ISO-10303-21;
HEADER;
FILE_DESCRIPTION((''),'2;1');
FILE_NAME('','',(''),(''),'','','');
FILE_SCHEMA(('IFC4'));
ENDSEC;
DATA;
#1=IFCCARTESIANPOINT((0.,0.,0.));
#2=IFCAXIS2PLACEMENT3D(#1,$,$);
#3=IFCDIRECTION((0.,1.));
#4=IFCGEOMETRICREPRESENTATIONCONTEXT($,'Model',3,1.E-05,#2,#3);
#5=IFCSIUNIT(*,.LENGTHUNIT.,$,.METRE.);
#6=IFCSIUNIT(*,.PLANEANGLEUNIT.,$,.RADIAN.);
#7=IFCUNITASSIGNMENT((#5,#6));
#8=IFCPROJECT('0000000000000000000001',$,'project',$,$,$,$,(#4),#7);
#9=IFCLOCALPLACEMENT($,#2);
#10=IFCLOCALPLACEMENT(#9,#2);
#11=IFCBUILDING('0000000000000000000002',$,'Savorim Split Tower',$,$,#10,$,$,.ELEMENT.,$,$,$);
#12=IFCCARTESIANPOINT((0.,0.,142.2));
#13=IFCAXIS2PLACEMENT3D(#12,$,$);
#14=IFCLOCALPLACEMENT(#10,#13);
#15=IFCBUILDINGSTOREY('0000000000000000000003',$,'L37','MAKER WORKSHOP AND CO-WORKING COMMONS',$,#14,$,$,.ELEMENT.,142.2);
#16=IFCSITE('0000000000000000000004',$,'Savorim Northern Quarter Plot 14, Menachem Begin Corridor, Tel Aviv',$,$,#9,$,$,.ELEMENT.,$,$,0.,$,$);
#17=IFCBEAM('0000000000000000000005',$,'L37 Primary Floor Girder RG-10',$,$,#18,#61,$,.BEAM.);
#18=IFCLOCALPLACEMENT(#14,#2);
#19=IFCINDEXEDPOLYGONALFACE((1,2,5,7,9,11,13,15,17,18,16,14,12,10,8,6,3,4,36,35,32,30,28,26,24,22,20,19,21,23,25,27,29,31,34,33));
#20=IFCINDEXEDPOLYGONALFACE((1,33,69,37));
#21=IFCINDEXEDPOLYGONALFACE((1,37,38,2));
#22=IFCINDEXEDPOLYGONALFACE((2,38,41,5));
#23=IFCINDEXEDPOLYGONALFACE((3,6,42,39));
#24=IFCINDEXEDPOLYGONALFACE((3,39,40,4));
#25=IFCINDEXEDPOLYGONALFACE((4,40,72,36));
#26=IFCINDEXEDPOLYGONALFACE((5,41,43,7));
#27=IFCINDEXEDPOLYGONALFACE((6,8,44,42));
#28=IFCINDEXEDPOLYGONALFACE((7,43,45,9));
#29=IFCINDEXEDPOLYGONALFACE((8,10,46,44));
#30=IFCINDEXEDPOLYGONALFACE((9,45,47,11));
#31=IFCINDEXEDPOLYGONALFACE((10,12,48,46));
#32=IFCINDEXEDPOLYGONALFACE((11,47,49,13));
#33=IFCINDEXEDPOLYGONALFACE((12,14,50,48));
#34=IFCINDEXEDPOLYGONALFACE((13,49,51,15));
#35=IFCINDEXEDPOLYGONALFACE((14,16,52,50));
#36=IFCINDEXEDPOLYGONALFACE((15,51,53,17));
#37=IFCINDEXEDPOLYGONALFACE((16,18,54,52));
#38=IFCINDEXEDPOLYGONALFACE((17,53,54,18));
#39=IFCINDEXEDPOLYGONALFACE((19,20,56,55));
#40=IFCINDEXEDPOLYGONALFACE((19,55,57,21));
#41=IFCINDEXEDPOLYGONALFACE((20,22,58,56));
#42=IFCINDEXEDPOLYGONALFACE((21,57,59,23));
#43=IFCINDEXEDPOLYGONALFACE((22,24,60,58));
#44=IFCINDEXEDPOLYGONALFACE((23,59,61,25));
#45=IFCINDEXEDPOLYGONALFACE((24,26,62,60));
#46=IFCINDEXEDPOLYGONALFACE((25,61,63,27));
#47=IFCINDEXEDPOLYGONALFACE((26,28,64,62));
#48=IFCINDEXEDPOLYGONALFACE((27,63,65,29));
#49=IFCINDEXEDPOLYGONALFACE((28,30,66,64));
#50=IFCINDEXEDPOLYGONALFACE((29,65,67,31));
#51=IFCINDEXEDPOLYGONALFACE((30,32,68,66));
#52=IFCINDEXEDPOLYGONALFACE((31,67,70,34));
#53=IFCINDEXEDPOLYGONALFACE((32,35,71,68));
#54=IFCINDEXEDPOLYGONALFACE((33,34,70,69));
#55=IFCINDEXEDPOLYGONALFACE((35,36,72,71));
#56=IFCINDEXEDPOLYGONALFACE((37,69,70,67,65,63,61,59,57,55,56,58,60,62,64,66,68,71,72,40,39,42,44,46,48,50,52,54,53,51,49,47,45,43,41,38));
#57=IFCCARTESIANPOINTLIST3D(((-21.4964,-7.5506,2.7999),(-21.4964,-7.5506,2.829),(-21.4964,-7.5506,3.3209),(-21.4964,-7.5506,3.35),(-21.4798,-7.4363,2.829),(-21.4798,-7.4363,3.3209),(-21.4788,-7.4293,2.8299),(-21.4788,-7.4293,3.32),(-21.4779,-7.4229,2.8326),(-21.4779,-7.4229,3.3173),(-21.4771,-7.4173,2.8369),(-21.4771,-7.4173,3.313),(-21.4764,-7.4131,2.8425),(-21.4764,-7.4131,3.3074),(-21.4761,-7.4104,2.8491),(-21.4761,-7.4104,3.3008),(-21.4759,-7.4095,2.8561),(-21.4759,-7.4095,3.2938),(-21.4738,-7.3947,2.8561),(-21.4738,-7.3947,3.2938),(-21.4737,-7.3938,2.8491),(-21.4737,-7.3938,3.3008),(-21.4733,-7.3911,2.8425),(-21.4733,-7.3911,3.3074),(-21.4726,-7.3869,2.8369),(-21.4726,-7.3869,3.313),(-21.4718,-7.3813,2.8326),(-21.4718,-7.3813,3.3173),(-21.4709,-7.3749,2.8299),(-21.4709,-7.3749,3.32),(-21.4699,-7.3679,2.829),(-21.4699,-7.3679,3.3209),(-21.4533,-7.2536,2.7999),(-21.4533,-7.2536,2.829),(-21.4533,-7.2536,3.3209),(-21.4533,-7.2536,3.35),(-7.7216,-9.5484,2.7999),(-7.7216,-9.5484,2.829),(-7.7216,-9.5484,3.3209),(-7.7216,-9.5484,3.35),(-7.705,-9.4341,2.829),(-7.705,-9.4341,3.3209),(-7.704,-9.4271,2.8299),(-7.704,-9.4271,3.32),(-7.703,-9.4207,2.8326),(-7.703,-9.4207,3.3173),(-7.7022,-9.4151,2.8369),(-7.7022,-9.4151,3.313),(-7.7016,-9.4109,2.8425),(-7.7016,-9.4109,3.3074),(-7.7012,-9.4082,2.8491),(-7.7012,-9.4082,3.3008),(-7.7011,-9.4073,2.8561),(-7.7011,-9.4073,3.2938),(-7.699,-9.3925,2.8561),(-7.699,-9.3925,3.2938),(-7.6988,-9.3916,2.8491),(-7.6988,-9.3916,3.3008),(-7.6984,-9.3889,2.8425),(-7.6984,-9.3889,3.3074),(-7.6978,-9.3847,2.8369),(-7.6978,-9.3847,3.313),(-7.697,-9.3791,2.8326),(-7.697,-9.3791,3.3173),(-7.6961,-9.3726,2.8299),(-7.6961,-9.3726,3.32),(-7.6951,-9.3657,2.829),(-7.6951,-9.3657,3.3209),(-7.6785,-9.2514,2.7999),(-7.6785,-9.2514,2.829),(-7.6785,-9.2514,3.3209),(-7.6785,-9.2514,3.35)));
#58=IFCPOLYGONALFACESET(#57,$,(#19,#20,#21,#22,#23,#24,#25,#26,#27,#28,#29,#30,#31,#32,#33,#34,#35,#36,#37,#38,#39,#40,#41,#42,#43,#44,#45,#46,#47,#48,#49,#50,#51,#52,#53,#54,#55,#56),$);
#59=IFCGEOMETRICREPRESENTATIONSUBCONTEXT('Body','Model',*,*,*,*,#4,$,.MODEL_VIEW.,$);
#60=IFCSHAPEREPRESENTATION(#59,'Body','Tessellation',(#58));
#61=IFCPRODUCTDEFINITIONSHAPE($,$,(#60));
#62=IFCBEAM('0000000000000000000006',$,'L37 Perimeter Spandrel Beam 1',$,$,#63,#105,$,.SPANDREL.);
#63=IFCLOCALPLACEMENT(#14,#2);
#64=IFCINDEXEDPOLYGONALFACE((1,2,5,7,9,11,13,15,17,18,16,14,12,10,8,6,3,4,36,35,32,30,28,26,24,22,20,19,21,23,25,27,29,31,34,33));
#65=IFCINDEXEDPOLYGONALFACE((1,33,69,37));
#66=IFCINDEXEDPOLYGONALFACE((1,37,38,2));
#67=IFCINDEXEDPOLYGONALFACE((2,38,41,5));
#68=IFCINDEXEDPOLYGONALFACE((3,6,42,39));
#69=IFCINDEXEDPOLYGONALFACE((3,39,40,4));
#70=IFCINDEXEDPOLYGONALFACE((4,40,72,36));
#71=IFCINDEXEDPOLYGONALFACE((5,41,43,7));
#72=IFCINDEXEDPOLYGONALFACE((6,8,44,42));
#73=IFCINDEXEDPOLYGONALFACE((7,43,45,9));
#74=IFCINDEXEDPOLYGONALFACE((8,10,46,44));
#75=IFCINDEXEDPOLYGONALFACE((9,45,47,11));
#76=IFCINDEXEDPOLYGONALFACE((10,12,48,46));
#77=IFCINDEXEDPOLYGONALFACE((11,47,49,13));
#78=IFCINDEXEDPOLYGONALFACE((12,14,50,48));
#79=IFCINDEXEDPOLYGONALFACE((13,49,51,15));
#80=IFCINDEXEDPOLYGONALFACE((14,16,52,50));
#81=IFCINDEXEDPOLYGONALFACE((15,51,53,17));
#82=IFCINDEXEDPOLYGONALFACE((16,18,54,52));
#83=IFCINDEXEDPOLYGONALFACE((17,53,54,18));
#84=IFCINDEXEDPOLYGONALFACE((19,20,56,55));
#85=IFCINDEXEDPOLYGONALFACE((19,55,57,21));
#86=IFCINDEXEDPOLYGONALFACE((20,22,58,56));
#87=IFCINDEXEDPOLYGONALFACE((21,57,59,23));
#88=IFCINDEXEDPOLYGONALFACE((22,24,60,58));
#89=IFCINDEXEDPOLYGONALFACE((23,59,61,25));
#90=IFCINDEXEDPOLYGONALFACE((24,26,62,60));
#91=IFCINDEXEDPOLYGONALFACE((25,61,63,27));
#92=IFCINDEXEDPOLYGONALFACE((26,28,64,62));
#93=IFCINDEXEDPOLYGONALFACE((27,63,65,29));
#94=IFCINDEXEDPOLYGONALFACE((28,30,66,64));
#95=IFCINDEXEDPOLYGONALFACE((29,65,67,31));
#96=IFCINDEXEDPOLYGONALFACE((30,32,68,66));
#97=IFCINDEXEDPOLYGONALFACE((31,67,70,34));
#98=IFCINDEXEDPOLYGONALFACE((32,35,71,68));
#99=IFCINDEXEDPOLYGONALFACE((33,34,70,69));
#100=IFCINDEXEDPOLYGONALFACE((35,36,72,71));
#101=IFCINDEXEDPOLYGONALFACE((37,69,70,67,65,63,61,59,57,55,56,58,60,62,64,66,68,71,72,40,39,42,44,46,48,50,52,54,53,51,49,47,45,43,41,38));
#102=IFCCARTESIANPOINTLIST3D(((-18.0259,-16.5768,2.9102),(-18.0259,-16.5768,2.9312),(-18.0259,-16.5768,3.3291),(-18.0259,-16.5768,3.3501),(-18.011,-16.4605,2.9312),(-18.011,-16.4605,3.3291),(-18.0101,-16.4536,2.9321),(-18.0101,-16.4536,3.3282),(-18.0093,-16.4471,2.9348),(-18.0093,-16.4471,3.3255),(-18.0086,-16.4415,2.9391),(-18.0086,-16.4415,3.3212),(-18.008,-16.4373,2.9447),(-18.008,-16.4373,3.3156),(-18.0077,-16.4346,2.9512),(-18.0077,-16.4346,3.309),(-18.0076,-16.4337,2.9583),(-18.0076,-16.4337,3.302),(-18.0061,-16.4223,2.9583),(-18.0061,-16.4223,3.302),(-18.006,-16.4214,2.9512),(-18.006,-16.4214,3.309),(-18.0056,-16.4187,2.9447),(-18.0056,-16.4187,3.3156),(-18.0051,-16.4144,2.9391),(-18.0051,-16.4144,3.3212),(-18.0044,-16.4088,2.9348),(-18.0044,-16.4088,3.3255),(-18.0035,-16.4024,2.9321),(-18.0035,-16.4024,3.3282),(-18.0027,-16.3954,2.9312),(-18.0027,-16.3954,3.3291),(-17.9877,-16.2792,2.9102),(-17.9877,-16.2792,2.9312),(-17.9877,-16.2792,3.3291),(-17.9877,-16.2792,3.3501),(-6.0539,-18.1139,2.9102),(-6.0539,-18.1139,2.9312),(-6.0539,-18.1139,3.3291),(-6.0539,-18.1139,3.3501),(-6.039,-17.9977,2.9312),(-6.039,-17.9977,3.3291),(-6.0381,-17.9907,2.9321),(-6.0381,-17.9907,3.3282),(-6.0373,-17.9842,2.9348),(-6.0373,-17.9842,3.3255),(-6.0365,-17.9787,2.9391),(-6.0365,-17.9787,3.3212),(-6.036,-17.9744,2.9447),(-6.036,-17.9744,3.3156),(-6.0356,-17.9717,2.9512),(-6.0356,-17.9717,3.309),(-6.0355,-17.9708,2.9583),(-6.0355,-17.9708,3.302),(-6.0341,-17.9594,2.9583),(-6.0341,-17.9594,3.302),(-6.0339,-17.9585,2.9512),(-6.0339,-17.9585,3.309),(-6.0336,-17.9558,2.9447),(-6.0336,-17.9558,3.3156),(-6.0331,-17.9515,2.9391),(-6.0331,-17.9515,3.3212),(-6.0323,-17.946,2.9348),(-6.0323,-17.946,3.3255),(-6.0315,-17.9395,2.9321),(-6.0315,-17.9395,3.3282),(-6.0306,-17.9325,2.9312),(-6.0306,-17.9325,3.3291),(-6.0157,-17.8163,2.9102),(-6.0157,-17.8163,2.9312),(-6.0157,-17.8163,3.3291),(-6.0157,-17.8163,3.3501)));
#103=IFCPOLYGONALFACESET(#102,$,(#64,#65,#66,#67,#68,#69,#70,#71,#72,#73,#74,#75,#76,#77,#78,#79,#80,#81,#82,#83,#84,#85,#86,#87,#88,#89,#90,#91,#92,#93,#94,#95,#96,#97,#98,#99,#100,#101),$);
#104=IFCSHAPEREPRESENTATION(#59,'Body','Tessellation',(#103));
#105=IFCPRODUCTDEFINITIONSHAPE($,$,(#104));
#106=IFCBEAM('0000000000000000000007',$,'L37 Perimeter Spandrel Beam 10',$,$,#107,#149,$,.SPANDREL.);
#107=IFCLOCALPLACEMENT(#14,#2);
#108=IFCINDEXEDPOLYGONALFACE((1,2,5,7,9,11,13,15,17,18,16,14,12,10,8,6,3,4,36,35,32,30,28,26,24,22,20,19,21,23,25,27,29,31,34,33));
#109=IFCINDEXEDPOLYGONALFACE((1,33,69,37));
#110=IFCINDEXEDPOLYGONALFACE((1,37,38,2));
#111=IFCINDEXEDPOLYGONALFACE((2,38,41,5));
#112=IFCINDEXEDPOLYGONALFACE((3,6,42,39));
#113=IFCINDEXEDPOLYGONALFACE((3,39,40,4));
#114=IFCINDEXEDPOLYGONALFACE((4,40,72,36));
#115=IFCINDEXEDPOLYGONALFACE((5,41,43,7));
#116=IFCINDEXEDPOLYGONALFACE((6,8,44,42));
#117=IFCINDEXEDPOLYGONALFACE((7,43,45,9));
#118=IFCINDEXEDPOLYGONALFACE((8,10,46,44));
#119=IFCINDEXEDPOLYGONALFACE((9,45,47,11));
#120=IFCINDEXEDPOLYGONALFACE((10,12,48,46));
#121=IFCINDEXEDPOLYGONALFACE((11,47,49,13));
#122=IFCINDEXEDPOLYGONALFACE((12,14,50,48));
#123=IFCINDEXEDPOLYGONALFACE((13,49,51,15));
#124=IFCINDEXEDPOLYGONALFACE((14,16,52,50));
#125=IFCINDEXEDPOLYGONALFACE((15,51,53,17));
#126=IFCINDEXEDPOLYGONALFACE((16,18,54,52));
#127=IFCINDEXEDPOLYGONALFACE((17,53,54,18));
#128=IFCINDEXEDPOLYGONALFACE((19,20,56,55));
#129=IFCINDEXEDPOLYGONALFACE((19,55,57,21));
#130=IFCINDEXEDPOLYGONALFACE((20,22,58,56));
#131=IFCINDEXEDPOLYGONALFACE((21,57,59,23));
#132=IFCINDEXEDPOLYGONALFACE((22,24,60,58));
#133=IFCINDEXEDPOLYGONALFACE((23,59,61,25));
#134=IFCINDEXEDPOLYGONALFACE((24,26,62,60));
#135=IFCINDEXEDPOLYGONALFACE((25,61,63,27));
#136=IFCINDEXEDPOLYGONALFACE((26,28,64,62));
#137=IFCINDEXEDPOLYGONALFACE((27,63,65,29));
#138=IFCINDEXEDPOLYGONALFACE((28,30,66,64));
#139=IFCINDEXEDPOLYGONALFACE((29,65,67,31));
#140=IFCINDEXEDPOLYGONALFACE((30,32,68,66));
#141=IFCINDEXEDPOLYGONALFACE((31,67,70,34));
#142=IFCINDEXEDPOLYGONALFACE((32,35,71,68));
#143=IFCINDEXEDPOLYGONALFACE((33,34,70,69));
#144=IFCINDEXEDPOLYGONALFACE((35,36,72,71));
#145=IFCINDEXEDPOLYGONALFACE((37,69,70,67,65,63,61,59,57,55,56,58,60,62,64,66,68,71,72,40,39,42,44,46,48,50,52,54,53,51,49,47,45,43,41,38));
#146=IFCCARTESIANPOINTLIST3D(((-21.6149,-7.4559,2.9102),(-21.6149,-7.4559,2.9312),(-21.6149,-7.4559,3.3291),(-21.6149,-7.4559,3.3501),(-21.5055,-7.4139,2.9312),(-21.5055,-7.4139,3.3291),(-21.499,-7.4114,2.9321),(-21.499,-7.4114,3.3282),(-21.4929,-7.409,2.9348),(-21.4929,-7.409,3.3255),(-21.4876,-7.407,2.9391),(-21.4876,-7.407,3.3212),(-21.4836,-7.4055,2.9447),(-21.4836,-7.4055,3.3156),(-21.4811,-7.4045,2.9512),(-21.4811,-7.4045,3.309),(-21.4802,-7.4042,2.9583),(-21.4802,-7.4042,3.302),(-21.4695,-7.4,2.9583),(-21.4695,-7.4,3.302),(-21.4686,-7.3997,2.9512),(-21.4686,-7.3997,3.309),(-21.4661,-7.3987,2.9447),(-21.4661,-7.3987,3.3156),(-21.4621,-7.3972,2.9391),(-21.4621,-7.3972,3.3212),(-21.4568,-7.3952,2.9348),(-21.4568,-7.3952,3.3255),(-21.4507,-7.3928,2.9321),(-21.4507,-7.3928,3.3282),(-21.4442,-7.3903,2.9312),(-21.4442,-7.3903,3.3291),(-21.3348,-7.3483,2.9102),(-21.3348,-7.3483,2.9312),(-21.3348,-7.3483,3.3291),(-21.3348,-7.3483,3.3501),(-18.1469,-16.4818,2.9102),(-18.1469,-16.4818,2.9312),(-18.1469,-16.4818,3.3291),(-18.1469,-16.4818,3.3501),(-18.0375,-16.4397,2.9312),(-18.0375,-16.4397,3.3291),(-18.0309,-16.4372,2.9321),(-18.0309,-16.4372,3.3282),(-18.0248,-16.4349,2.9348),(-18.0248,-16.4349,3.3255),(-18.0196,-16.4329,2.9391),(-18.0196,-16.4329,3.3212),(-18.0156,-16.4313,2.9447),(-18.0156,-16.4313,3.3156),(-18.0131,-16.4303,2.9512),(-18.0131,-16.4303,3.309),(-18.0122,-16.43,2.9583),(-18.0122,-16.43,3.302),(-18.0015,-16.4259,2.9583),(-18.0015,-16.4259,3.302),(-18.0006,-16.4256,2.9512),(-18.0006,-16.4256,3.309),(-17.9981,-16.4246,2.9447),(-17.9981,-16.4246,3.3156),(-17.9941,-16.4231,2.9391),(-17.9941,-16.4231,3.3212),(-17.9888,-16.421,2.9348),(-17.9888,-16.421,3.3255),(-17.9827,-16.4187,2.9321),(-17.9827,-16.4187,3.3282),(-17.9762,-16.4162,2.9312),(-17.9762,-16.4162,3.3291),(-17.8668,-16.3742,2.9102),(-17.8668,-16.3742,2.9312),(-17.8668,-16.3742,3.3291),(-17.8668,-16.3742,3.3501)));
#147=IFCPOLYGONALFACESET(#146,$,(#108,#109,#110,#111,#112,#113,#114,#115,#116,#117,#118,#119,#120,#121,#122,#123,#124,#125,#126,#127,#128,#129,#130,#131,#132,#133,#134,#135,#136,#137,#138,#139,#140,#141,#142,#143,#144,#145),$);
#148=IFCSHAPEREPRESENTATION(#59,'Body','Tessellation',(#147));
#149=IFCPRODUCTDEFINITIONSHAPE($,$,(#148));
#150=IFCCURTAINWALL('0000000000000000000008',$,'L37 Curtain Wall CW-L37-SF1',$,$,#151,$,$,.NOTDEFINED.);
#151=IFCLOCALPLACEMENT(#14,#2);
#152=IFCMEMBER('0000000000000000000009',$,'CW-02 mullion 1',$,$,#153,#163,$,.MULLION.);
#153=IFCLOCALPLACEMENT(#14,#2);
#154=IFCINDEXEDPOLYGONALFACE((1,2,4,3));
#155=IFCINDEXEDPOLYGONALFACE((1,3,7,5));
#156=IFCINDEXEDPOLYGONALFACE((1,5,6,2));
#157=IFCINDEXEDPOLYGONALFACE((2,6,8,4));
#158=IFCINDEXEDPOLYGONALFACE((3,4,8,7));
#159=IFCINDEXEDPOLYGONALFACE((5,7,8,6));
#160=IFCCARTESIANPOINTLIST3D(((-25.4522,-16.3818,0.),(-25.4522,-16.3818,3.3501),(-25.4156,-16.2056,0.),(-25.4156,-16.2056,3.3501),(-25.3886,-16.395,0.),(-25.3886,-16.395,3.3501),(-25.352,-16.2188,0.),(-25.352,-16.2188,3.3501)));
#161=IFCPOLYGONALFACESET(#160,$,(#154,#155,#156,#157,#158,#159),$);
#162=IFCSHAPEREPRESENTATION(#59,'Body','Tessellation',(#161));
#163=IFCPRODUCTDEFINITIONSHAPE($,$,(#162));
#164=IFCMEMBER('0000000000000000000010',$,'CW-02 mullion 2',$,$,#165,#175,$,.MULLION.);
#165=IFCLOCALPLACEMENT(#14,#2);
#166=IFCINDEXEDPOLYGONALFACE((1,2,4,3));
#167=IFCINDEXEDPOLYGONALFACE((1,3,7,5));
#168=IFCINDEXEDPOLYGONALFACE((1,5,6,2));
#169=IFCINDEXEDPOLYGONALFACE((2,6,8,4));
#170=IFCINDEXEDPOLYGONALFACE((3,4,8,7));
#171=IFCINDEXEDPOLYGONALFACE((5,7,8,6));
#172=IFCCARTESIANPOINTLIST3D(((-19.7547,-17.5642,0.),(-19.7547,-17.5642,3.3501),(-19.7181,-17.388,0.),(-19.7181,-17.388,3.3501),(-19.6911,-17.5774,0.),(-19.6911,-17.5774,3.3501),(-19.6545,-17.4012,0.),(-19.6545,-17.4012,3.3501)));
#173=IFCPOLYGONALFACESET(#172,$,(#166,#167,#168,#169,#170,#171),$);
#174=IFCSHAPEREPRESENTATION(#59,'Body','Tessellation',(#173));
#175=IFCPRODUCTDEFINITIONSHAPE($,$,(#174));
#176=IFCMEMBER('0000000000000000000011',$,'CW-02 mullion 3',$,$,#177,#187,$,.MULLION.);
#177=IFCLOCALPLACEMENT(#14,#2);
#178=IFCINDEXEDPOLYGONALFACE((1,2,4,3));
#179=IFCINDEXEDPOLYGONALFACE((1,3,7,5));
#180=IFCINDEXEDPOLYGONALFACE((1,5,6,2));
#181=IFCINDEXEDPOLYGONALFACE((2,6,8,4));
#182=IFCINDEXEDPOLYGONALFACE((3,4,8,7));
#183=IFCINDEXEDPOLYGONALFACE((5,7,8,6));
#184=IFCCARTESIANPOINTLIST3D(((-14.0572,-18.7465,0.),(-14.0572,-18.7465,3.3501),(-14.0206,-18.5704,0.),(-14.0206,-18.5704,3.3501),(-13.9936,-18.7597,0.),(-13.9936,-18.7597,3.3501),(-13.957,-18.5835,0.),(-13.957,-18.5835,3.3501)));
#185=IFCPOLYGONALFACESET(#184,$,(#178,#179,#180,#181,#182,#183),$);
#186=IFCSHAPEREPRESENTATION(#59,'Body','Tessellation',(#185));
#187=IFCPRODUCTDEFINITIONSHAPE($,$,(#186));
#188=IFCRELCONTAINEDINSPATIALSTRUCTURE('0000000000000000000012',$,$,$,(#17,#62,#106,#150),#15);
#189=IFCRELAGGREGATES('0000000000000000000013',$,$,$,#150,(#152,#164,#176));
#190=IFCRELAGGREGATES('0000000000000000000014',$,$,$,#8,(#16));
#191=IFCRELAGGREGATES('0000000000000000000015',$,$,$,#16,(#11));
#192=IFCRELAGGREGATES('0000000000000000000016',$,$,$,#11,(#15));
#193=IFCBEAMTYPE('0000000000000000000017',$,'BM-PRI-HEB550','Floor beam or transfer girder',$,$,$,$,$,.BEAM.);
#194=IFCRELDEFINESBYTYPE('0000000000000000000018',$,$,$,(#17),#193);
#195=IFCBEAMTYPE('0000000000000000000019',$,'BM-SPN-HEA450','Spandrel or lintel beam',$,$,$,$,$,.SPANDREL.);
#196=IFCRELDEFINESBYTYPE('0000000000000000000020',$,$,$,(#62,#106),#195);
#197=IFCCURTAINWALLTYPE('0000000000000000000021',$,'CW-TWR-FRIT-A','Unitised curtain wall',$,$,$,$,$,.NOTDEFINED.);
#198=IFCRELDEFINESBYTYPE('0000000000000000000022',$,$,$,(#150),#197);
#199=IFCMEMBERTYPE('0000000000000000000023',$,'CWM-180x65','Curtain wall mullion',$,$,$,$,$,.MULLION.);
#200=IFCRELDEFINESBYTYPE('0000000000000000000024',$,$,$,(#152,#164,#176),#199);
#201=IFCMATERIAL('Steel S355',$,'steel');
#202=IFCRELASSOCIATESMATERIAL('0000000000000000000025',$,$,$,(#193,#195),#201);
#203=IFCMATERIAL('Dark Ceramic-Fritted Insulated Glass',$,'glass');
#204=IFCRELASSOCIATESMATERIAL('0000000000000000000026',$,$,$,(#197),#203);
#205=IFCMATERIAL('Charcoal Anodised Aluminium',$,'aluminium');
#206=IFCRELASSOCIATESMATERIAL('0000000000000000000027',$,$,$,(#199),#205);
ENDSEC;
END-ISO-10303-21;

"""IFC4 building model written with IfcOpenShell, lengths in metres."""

from ifc_helpers import new_model, si_unit, direction, frame, origin, origin_2d, place, context, subcontext, project, spatial, rectangle, i_section, extrude, material, material_profile, profile_set, type_object, element, aggregate, save


model = new_model("IFC4")

# Units and contexts
model_context = context("Model", 3, precision=1e-05, world=origin(), true_north=direction((0.0, 1.0)))
body_context = subcontext(model_context, "Body", "Model", "MODEL_VIEW")
ifc_project = project(units=[si_unit("LENGTHUNIT", "METRE"), si_unit("PLANEANGLEUNIT", "RADIAN")], contexts=[model_context])

# Site, building, storey
site_placement = place(None, origin())
site = spatial("IfcSite", under=ifc_project, at=site_placement, Name="Savorim Northern Quarter Plot 14, Menachem Begin Corridor, Tel Aviv", CompositionType="ELEMENT", RefElevation=0.0)
building_placement = place(site_placement, origin())
building = spatial("IfcBuilding", under=site, at=building_placement, Name="Savorim Split Tower", CompositionType="ELEMENT")
storey_placement = place(building_placement, frame((0.0, 0.0, 142.2)))
storey = spatial("IfcBuildingStorey", under=building, at=storey_placement, Name="L37", Description="MAKER WORKSHOP AND CO-WORKING COMMONS", CompositionType="ELEMENT", Elevation=142.2)

# Beams
ifc_material_1 = material(Name="Steel S355", Category="steel")
ifc_material_profile_1 = material_profile(ifc_material_1, i_section(OverallWidth=0.3, OverallDepth=0.55, WebThickness=0.0149, FlangeThickness=0.0291, FilletRadius=0.0271, at=origin_2d()), Name="HEB 550")
ifc_profile_set_1 = profile_set([ifc_material_profile_1], Name="Steel S355")
beam_type_1 = type_object("IfcBeamType", Name="BM-PRI-HEB550", Description="Floor beam or transfer girder", PredefinedType="BEAM", material=ifc_profile_set_1)
beam_1_placement = place(storey_placement, frame((-21.4749, -7.4021, 3.075), z_axis=(0.989646, -0.14353, 0.0), x_axis=(0.14353, 0.989646, 0.0)))
element("IfcBeam", 1, at=beam_1_placement, inside=storey, type_object=beam_type_1, Name="L37 Primary Floor Girder RG-10", PredefinedType="BEAM", context=body_context, shape_type="SweptSolid", body=[
    extrude(i_section(OverallWidth=0.3, OverallDepth=0.55, WebThickness=0.0149, FlangeThickness=0.0291, FilletRadius=0.0271, at=origin_2d()), origin(), (0.0, 0.0, 1.0), 13.9189),
])
ifc_material_profile_2 = material_profile(ifc_material_1, i_section(OverallWidth=0.3, OverallDepth=0.4399, WebThickness=0.0115, FlangeThickness=0.021, FilletRadius=0.0271, at=origin_2d()), Name="HEA 450")
ifc_profile_set_2 = profile_set([ifc_material_profile_2], Name="Steel S355")
beam_type_2 = type_object("IfcBeamType", Name="BM-SPN-HEA450", Description="Spandrel or lintel beam", PredefinedType="SPANDREL", material=ifc_profile_set_2)
beam_2_placement = place(storey_placement, frame((-18.0068, -16.428, 3.1301), z_axis=(0.991858, -0.127347, 0.0), x_axis=(0.127347, 0.991858, 0.0)))
element("IfcBeam", 2, at=beam_2_placement, inside=storey, type_object=beam_type_2, Name="L37 Perimeter Spandrel Beam 1", PredefinedType="SPANDREL", context=body_context, shape_type="SweptSolid", body=[
    extrude(i_section(OverallWidth=0.3, OverallDepth=0.4399, WebThickness=0.0115, FlangeThickness=0.021, FilletRadius=0.0271, at=origin_2d()), origin(), (0.0, 0.0, 1.0), 12.0703),
])
beam_3_placement = place(storey_placement, frame((-21.4749, -7.4021, 3.1301), z_axis=(0.358666, -0.933466, 0.0), x_axis=(0.933466, 0.358666, 0.0)))
element("IfcBeam", 3, at=beam_3_placement, inside=storey, type_object=beam_type_2, Name="L37 Perimeter Spandrel Beam 10", PredefinedType="SPANDREL", context=body_context, shape_type="SweptSolid", body=[
    extrude(i_section(OverallWidth=0.3, OverallDepth=0.4399, WebThickness=0.0115, FlangeThickness=0.021, FilletRadius=0.0271, at=origin_2d()), origin(), (0.0, 0.0, 1.0), 9.6692),
])

# Curtain wall, members
ifc_material_2 = material(Name="Dark Ceramic-Fritted Insulated Glass", Category="glass")
curtain_wall_type = type_object("IfcCurtainWallType", Name="CW-TWR-FRIT-A", Description="Unitised curtain wall", PredefinedType="NOTDEFINED", material=ifc_material_2)
curtain_wall_1_placement = place(storey_placement, origin())
curtain_wall_1 = element("IfcCurtainWall", 4, at=curtain_wall_1_placement, inside=storey, type_object=curtain_wall_type, Name="L37 Curtain Wall CW-L37-SF1", PredefinedType="NOTDEFINED")
ifc_material_3 = material(Name="Charcoal Anodised Aluminium", Category="aluminium")
ifc_material_profile_3 = material_profile(ifc_material_3, rectangle(XDim=0.1799, YDim=0.0649, at=origin_2d()), Name="ALU-M 180x65")
ifc_profile_set_3 = profile_set([ifc_material_profile_3], Name="Charcoal Anodised Aluminium")
member_type_1 = type_object("IfcMemberType", Name="CWM-180x65", Description="Curtain wall mullion", PredefinedType="MULLION", material=ifc_profile_set_3)
member_1_placement = place(storey_placement, frame((-25.4021, -16.3003, 0.0), z_axis=(0.0, 0.0, 1.0), x_axis=(0.20321, 0.979135, 0.0)))
member_1 = element("IfcMember", 5, at=member_1_placement, type_object=member_type_1, Name="CW-02 mullion 1", PredefinedType="MULLION", context=body_context, shape_type="SweptSolid", body=[
    extrude(rectangle(XDim=0.1799, YDim=0.0649, at=origin_2d()), origin(), (0.0, 0.0, 1.0), 3.3501),
])
member_2_placement = place(storey_placement, frame((-19.7046, -17.4827, 0.0), z_axis=(0.0, 0.0, 1.0), x_axis=(0.20321, 0.979135, 0.0)))
member_2 = element("IfcMember", 6, at=member_2_placement, type_object=member_type_1, Name="CW-02 mullion 2", PredefinedType="MULLION", context=body_context, shape_type="SweptSolid", body=[
    extrude(rectangle(XDim=0.1799, YDim=0.0649, at=origin_2d()), origin(), (0.0, 0.0, 1.0), 3.3501),
])
member_3_placement = place(storey_placement, frame((-14.0071, -18.665, 0.0), z_axis=(0.0, 0.0, 1.0), x_axis=(0.20321, 0.979135, 0.0)))
member_3 = element("IfcMember", 7, at=member_3_placement, type_object=member_type_1, Name="CW-02 mullion 3", PredefinedType="MULLION", context=body_context, shape_type="SweptSolid", body=[
    extrude(rectangle(XDim=0.1799, YDim=0.0649, at=origin_2d()), origin(), (0.0, 0.0, 1.0), 3.3501),
])

aggregate(curtain_wall_1, [member_1, member_2, member_3])

save(model, "model.ifc")
